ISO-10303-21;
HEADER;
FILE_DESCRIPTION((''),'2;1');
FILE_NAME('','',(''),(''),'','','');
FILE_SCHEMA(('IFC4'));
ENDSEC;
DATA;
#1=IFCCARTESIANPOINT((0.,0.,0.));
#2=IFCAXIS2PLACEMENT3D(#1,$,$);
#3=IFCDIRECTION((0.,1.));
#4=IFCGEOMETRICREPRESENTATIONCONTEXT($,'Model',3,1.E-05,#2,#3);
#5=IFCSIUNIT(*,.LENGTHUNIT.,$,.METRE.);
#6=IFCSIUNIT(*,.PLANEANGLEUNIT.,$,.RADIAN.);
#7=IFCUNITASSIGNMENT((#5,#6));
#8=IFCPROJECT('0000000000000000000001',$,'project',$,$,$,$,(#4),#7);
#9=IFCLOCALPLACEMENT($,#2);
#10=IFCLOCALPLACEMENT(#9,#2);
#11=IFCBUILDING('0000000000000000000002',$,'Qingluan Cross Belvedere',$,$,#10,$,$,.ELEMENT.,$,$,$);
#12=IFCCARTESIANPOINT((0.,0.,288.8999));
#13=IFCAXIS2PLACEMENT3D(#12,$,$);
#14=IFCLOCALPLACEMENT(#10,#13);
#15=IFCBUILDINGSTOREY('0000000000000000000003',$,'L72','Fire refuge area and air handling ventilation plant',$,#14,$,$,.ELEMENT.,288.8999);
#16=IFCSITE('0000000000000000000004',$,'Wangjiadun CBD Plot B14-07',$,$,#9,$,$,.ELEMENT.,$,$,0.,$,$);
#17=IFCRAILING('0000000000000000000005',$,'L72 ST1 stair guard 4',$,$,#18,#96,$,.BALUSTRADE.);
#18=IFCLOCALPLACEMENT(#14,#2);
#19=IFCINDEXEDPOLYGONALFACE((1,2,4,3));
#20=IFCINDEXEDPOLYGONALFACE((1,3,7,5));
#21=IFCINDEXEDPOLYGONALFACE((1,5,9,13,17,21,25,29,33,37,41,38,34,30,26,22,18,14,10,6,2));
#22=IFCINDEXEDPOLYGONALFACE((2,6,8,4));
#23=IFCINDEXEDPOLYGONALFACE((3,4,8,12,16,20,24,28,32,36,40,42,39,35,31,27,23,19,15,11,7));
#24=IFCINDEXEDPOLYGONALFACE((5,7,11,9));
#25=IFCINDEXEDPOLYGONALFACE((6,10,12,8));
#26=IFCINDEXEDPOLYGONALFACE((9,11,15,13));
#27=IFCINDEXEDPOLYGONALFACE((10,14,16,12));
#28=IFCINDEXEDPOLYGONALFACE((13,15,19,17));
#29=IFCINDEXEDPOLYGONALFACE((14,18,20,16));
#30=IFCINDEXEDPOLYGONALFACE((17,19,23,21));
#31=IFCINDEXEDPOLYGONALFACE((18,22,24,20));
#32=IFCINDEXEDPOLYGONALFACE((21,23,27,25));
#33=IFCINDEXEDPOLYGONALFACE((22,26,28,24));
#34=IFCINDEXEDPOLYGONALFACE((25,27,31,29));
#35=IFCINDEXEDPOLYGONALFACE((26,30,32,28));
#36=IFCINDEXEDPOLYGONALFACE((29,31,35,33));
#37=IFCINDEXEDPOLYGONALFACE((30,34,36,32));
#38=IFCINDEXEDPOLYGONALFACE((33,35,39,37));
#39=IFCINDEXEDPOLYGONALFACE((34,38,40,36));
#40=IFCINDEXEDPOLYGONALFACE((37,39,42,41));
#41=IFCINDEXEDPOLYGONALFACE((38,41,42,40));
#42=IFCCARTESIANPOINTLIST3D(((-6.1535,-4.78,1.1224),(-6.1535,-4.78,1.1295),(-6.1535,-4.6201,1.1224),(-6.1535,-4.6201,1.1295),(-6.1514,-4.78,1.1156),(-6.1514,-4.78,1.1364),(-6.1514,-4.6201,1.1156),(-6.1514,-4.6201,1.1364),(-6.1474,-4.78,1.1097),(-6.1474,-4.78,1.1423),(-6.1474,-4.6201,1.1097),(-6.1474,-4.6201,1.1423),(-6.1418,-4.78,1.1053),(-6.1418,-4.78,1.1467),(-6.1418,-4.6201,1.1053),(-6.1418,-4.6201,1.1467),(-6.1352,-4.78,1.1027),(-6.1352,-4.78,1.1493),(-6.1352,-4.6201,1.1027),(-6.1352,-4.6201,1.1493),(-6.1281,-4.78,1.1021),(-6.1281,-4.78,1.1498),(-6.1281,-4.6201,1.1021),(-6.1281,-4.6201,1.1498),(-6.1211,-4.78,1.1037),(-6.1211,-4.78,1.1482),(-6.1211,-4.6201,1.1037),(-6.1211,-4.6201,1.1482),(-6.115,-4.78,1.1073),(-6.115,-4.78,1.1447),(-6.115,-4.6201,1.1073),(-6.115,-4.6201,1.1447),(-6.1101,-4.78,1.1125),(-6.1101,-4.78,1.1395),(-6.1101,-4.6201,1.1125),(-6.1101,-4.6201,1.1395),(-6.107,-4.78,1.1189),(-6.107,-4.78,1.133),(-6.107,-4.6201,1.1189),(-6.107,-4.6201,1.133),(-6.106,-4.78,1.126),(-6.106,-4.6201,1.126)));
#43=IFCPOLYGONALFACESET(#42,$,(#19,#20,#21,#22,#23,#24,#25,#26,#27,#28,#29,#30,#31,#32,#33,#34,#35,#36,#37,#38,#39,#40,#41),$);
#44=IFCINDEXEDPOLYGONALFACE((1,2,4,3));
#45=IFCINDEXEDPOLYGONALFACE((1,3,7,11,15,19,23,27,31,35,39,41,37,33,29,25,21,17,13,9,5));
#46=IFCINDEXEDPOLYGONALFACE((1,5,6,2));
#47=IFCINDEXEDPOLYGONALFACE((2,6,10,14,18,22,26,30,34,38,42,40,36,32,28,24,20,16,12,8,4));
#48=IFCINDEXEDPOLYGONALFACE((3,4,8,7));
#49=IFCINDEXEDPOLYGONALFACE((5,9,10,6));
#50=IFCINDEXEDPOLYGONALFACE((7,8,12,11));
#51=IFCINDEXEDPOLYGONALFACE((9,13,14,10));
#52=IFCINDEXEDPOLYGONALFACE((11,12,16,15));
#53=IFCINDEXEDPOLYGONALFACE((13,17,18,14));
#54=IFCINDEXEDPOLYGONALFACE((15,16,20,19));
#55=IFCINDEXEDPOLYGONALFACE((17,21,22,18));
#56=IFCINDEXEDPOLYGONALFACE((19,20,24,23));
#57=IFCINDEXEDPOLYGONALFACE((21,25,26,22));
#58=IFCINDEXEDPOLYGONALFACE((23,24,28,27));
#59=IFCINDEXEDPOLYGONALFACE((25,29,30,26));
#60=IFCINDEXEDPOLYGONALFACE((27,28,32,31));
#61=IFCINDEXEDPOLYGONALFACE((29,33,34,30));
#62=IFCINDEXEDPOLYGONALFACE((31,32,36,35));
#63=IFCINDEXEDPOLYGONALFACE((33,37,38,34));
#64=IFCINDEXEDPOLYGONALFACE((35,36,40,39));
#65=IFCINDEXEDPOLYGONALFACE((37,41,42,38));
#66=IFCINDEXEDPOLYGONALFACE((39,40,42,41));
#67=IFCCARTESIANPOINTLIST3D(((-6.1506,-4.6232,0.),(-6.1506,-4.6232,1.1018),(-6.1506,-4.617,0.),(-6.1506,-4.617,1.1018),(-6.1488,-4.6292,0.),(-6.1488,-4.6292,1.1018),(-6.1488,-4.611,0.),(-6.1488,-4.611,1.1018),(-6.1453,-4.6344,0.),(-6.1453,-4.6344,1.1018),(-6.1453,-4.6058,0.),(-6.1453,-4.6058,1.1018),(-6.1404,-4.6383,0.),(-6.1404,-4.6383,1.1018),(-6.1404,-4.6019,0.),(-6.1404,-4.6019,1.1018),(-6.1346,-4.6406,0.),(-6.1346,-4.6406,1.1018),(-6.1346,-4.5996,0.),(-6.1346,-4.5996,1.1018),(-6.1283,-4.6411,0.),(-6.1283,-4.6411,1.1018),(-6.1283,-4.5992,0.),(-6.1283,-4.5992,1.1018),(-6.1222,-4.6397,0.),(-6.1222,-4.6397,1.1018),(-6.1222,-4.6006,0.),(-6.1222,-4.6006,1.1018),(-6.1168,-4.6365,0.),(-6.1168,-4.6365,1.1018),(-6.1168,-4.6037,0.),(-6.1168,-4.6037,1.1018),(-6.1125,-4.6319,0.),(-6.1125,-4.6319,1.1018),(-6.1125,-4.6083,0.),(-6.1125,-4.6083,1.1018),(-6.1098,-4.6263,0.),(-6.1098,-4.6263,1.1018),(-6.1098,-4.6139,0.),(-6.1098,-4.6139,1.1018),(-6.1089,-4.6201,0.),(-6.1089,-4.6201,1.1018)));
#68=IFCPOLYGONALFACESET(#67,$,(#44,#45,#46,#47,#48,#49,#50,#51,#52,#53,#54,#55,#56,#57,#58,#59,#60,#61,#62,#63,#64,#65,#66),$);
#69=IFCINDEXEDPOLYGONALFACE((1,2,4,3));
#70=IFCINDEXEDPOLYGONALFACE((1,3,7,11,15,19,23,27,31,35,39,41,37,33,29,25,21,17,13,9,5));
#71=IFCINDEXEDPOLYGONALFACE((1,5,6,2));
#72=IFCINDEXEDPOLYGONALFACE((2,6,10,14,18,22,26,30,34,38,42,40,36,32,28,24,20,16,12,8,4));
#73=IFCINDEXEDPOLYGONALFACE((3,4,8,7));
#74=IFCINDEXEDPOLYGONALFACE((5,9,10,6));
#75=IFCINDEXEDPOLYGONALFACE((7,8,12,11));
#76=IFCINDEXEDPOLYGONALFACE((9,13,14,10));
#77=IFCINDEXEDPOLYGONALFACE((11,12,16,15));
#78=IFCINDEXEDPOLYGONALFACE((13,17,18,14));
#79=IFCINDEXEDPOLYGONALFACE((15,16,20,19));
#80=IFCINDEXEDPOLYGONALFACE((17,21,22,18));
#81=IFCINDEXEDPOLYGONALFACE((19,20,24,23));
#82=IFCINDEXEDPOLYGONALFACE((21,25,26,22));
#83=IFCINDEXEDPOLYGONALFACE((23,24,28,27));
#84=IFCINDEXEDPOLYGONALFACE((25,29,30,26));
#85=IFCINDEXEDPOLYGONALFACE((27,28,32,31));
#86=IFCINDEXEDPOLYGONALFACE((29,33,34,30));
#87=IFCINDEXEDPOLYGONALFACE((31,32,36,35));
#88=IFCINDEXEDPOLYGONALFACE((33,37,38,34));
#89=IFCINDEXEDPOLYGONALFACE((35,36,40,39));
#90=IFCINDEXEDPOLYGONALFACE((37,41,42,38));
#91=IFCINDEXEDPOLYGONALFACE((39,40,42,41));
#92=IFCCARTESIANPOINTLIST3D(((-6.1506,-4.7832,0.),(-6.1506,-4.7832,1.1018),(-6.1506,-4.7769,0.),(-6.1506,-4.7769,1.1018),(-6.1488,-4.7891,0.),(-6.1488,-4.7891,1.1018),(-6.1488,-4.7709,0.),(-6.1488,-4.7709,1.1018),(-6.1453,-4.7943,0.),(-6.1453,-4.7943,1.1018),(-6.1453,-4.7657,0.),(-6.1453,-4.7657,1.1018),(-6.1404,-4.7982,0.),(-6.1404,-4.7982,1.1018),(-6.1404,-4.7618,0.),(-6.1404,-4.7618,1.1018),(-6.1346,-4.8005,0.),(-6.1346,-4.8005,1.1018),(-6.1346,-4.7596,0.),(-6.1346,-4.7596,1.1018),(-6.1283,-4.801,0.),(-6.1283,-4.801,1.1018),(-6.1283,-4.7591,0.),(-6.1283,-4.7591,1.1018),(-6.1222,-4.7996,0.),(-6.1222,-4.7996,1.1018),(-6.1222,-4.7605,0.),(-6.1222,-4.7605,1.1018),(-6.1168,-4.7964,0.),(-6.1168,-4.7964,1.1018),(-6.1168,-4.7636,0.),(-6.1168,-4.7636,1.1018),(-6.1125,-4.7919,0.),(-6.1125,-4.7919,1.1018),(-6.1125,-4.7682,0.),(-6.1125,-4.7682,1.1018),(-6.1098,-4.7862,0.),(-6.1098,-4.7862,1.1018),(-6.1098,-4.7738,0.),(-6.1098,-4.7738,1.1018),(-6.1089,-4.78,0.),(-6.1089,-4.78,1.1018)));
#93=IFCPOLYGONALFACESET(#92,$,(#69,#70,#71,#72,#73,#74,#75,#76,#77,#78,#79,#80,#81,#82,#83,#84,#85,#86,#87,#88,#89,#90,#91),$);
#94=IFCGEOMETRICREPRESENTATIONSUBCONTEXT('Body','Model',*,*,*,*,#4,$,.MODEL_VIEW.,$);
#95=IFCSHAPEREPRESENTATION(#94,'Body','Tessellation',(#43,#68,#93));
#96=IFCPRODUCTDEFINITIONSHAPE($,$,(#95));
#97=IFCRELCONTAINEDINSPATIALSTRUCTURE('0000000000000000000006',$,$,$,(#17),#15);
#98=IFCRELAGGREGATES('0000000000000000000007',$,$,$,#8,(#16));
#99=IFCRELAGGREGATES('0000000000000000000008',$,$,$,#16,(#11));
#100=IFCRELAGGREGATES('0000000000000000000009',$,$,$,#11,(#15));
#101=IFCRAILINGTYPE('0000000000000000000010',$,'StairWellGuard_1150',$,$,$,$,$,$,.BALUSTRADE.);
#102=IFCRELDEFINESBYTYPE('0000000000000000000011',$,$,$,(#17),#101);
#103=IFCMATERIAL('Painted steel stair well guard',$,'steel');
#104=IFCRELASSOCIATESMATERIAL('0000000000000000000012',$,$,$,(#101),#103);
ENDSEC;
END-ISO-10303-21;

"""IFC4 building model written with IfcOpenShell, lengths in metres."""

from ifc_helpers import new_model, si_unit, direction, frame, origin, origin_2d, place, context, subcontext, project, spatial, circle, extrude, material, type_object, element, save


model = new_model("IFC4")

# Units and contexts
model_context = context("Model", 3, precision=1e-05, world=origin(), true_north=direction((0.0, 1.0)))
body_context = subcontext(model_context, "Body", "Model", "MODEL_VIEW")
ifc_project = project(units=[si_unit("LENGTHUNIT", "METRE"), si_unit("PLANEANGLEUNIT", "RADIAN")], contexts=[model_context])

# Site, building, storey
site_placement = place(None, origin())
site = spatial("IfcSite", under=ifc_project, at=site_placement, Name="Wangjiadun CBD Plot B14-07", CompositionType="ELEMENT", RefElevation=0.0)
building_placement = place(site_placement, origin())
building = spatial("IfcBuilding", under=site, at=building_placement, Name="Qingluan Cross Belvedere", CompositionType="ELEMENT")
storey_placement = place(building_placement, frame((0.0, 0.0, 288.8999)))
storey = spatial("IfcBuildingStorey", under=building, at=storey_placement, Name="L72", Description="Fire refuge area and air handling ventilation plant", CompositionType="ELEMENT", Elevation=288.8999)

# Railing
ifc_material_1 = material(Name="Painted steel stair well guard", Category="steel")
railing_type_1 = type_object("IfcRailingType", Name="StairWellGuard_1150", PredefinedType="BALUSTRADE", material=ifc_material_1)
railing_1_placement = place(storey_placement, frame((-6.1299, -4.6201, 0.0)))
element("IfcRailing", 1, at=railing_1_placement, inside=storey, type_object=railing_type_1, Name="L72 ST1 stair guard 4", PredefinedType="BALUSTRADE", context=body_context, shape_type="SweptSolid", body=[
    extrude(circle(Radius=0.0239, at=origin_2d()), frame((0.0, 0.0, 1.126), z_axis=(0.0, -1.0, 0.0), x_axis=(1.0, 0.0, 0.0)), (0.0, 0.0, 1.0), 0.1599),
    extrude(circle(Radius=0.021, at=origin_2d()), origin(), (0.0, 0.0, 1.0), 1.1018),
    extrude(circle(Radius=0.021, at=origin_2d()), frame((0.0, -0.1599, 0.0)), (0.0, 0.0, 1.0), 1.1018),
])

save(model, "model.ifc")
